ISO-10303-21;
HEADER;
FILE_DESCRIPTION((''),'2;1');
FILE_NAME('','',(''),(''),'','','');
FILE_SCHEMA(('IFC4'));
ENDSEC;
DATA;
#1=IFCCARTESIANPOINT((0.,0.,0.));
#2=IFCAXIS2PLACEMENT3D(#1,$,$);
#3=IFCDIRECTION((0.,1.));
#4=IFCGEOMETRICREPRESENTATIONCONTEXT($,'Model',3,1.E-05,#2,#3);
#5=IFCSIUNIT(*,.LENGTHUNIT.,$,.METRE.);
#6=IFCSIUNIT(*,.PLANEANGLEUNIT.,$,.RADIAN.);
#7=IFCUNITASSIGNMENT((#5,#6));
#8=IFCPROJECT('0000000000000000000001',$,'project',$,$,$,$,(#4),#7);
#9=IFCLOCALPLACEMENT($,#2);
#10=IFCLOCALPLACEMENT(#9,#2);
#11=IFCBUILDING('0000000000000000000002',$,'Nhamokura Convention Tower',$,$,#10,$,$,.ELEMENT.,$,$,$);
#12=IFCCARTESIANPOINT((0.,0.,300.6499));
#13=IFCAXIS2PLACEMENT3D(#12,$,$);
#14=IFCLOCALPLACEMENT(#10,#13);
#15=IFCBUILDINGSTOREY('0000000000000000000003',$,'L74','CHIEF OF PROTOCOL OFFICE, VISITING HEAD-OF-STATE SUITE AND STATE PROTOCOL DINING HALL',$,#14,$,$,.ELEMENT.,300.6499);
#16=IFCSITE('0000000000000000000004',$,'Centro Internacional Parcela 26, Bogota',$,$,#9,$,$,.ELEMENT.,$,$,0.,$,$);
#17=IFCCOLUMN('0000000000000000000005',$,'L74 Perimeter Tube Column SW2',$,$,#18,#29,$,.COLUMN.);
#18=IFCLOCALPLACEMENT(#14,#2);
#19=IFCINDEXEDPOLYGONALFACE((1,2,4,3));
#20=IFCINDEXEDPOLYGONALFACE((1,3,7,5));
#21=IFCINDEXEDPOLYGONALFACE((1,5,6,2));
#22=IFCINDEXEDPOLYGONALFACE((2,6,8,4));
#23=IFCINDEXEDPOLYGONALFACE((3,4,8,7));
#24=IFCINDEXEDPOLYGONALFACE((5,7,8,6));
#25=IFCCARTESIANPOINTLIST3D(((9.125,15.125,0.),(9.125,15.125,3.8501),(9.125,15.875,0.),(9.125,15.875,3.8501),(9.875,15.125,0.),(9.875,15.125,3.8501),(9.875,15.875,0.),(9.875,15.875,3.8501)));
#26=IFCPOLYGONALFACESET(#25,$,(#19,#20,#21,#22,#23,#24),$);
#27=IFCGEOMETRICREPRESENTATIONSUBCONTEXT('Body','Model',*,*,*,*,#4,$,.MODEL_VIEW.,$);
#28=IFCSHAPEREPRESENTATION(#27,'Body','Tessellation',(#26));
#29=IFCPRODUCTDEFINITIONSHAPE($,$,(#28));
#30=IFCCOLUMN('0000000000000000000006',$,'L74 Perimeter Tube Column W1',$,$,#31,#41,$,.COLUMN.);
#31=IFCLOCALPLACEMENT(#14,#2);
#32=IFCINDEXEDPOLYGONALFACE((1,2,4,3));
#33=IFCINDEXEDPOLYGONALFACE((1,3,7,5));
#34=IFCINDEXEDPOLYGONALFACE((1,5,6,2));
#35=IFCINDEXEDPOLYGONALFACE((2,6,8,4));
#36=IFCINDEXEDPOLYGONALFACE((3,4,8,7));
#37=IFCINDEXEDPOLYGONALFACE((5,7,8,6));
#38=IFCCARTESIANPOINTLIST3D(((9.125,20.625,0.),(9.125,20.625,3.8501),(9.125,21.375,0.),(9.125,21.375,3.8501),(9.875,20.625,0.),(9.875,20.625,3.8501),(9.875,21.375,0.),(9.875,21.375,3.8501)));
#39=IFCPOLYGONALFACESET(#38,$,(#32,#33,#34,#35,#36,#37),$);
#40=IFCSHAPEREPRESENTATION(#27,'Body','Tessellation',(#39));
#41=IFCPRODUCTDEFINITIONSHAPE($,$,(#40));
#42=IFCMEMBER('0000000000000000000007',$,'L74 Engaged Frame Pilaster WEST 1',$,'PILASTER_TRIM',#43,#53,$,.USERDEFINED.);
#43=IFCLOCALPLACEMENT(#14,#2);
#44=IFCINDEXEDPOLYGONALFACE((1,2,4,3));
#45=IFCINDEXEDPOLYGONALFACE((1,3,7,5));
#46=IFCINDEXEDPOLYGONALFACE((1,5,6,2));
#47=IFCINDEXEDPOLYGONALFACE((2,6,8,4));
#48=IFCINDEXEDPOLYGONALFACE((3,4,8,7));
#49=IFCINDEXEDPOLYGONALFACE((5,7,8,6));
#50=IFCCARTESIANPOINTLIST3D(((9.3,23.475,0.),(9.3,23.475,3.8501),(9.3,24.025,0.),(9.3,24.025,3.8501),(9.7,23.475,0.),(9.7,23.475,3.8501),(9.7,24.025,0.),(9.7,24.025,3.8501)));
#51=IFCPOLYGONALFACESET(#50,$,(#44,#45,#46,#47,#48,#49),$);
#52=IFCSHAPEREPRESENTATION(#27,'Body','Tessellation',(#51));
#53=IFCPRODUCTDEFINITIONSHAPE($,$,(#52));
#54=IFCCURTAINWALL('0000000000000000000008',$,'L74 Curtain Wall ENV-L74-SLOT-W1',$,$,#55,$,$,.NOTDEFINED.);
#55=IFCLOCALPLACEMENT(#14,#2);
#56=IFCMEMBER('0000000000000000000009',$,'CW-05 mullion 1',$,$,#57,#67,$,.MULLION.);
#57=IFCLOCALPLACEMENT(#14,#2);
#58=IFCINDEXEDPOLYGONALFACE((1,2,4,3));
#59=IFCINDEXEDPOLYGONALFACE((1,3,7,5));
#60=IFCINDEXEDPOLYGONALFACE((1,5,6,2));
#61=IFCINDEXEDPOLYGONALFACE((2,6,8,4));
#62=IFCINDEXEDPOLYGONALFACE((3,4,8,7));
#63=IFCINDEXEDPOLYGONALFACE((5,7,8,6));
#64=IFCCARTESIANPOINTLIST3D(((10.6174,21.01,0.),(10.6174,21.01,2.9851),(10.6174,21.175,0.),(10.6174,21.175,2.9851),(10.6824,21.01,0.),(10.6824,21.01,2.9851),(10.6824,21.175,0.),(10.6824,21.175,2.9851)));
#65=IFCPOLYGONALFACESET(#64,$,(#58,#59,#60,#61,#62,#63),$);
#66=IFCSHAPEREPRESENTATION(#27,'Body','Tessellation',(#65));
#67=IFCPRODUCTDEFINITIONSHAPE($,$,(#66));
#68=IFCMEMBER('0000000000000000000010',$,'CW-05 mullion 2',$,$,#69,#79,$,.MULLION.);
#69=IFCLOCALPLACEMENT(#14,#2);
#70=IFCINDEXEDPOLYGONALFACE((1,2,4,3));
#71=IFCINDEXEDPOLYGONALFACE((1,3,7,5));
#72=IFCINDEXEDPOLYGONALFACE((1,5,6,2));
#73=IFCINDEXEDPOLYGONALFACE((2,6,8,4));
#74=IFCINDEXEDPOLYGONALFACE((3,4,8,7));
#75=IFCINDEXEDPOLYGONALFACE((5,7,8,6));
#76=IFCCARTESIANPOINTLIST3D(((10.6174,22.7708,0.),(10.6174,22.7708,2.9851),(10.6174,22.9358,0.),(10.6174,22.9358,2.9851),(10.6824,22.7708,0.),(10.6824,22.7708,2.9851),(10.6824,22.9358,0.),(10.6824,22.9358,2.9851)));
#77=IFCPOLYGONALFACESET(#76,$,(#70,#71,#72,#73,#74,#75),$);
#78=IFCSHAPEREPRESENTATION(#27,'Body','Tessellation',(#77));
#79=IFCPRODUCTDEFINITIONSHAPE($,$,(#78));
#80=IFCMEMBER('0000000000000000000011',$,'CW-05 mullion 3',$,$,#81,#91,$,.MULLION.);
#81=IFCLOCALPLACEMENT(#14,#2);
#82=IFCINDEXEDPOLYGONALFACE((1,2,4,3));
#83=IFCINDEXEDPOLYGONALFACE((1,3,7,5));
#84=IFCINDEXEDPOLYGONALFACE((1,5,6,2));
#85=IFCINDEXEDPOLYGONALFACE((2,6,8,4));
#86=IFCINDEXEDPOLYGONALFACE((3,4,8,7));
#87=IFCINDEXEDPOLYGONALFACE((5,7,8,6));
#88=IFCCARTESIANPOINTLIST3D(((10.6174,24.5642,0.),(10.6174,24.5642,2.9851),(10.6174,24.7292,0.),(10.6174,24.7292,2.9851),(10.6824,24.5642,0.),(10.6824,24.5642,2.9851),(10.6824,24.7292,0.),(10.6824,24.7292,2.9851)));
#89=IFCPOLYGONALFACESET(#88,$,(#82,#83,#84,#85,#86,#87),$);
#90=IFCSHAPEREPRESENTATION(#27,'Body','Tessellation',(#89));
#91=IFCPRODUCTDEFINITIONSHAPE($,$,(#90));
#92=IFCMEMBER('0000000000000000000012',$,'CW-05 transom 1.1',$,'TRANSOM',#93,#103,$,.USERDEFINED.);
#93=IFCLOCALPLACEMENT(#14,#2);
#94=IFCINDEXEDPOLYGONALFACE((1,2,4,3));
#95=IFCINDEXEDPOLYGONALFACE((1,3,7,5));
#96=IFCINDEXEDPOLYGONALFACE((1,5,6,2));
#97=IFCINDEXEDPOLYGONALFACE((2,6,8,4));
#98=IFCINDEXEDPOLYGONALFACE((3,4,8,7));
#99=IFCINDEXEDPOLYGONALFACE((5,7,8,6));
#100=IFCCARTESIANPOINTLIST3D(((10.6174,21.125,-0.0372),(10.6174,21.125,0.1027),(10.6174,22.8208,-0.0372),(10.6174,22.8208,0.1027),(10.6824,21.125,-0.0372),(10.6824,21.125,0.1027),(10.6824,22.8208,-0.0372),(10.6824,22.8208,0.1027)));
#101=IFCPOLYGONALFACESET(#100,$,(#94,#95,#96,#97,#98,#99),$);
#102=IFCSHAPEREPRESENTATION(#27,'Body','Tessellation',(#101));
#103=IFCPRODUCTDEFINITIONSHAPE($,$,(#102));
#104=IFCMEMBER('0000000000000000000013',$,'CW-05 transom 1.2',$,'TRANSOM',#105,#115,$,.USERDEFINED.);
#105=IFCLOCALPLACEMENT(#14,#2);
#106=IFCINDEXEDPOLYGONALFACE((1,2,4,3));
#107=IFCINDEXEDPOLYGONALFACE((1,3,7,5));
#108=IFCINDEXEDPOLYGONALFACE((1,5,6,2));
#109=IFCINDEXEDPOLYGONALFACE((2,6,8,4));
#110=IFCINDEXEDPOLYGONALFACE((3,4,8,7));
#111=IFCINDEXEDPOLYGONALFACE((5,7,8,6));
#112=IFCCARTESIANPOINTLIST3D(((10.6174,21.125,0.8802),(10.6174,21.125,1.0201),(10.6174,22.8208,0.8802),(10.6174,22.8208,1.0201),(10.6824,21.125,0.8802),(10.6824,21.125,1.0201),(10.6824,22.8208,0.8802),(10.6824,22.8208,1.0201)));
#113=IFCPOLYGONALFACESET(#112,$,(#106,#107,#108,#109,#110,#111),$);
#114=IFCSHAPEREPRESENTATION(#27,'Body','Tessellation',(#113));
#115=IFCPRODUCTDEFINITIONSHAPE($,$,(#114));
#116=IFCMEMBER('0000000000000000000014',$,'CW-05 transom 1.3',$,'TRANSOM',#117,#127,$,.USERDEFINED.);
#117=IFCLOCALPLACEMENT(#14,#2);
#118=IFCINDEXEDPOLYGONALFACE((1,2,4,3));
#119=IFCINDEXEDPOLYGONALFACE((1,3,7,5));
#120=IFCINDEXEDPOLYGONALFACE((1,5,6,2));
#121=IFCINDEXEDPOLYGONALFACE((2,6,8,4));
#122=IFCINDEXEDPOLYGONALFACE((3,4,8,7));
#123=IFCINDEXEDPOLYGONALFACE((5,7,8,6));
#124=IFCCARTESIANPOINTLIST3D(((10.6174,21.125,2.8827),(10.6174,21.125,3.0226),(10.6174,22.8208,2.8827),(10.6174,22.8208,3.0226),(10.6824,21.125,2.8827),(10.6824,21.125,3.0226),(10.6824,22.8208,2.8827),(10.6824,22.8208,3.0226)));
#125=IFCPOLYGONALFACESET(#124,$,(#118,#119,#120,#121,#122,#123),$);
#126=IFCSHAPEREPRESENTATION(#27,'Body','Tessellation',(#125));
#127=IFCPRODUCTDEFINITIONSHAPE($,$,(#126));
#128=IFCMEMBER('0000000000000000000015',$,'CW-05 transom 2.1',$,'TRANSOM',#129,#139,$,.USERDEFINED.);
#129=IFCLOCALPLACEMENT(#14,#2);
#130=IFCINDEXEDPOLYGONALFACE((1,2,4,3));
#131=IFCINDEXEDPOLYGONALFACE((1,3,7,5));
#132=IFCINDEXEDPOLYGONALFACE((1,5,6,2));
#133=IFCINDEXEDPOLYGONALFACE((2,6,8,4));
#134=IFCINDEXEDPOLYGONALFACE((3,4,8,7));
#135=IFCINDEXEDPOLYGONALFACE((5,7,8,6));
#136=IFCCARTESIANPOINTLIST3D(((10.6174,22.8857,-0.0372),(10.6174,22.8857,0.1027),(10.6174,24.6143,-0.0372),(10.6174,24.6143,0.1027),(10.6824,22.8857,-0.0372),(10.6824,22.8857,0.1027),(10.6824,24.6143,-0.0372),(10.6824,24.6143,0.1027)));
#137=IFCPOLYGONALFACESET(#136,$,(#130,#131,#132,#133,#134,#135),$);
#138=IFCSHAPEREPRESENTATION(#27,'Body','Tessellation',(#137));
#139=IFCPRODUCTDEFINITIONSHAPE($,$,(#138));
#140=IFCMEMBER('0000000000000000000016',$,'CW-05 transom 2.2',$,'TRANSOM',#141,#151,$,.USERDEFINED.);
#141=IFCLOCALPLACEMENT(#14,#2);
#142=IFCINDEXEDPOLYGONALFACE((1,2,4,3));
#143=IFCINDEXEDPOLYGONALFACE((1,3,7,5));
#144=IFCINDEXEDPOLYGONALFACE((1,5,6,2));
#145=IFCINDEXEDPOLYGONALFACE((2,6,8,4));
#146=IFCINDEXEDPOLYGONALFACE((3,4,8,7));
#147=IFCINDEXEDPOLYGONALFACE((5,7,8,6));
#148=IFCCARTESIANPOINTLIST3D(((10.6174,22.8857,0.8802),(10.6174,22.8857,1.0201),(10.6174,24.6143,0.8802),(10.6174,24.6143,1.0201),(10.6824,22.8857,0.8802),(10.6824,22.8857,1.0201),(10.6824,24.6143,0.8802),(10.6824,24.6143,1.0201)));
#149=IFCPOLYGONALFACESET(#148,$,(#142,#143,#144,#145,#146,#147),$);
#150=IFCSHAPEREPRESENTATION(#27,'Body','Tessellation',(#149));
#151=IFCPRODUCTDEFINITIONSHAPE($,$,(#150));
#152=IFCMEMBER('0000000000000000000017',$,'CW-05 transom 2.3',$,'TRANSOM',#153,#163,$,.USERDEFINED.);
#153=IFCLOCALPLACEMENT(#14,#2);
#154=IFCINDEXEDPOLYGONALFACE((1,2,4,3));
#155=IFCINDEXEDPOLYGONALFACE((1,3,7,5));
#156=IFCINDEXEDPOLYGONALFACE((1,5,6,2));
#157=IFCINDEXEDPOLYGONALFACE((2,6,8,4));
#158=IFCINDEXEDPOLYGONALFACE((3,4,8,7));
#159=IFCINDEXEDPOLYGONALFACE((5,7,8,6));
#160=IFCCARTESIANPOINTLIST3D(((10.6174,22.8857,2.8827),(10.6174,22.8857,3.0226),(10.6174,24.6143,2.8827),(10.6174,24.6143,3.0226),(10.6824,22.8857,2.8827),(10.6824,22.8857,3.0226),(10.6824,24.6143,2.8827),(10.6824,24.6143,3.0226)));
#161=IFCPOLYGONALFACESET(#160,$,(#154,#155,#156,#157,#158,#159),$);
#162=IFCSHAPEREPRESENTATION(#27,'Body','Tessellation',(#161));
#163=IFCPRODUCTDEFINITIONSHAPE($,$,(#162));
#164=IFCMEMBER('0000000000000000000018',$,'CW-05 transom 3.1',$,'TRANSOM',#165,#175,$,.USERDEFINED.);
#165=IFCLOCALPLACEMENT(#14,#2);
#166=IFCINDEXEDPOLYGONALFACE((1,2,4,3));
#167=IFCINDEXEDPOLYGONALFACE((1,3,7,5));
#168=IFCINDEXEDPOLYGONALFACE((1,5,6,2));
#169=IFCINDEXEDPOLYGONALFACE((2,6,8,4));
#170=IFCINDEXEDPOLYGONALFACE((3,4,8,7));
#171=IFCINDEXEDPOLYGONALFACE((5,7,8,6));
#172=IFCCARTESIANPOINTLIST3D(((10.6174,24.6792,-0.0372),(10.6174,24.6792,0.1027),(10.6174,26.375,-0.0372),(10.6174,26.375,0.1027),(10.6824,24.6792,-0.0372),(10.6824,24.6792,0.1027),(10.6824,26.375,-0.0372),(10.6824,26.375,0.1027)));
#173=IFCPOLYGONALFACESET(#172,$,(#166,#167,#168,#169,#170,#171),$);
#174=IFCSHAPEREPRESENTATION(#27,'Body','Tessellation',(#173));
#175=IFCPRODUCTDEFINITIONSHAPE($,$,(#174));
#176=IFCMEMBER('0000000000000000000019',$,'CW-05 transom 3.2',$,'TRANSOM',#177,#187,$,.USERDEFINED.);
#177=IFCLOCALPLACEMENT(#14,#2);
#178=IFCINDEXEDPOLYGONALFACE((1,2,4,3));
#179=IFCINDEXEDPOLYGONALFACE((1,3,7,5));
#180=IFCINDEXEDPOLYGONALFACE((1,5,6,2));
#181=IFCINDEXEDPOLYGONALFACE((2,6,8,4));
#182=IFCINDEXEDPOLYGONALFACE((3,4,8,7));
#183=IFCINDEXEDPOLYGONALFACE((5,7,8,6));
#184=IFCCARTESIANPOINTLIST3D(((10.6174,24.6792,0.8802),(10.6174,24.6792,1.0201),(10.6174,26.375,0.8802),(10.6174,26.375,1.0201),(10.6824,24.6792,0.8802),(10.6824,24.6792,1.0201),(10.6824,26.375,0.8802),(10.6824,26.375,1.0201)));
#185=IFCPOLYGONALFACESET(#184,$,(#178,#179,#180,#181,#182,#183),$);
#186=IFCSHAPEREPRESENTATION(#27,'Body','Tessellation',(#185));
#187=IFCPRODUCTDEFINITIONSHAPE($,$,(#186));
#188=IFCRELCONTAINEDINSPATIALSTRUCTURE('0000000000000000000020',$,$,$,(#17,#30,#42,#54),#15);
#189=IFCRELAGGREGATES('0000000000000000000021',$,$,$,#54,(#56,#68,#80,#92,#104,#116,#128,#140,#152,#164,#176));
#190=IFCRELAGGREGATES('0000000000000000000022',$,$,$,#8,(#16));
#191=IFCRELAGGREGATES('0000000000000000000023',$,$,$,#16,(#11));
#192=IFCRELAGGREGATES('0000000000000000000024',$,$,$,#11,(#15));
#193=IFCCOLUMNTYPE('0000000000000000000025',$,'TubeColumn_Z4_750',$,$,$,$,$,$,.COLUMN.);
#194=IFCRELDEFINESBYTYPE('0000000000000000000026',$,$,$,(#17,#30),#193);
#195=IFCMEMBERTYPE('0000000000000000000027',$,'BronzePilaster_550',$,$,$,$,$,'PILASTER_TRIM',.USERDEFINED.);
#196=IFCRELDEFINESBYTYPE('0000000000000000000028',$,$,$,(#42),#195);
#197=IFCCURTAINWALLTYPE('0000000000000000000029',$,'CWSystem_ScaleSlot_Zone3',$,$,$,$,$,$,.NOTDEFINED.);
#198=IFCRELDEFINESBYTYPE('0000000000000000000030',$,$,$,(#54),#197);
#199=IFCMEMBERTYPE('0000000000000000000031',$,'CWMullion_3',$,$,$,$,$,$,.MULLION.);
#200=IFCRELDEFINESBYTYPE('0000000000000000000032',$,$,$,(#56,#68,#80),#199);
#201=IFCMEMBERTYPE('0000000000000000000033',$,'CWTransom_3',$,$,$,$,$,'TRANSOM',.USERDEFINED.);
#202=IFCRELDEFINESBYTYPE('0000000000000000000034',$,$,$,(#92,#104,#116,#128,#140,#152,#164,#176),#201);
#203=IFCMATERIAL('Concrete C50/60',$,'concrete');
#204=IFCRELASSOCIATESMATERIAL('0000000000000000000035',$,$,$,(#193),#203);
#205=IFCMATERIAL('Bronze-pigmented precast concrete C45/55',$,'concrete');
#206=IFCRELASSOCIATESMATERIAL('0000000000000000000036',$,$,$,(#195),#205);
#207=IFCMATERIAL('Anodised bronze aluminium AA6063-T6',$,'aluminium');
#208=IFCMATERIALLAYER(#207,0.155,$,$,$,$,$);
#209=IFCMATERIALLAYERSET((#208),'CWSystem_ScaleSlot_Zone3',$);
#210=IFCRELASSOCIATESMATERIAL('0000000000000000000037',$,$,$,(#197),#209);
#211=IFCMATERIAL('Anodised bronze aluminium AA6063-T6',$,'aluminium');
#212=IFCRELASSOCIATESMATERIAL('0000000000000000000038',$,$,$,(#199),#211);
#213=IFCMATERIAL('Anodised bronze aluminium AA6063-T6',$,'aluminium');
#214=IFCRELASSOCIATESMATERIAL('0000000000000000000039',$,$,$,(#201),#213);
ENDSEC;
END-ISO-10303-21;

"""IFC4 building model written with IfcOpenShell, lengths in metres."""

from ifc_helpers import new_model, si_unit, direction, frame, origin, origin_2d, place, context, subcontext, project, spatial, rectangle, extrude, material, layer, layer_set, material_profile, profile_set, type_object, element, aggregate, save


model = new_model("IFC4")

# Units and contexts
model_context = context("Model", 3, precision=1e-05, world=origin(), true_north=direction((0.0, 1.0)))
body_context = subcontext(model_context, "Body", "Model", "MODEL_VIEW")
ifc_project = project(units=[si_unit("LENGTHUNIT", "METRE"), si_unit("PLANEANGLEUNIT", "RADIAN")], contexts=[model_context])

# Site, building, storey
site_placement = place(None, origin())
site = spatial("IfcSite", under=ifc_project, at=site_placement, Name="Centro Internacional Parcela 26, Bogota", CompositionType="ELEMENT", RefElevation=0.0)
building_placement = place(site_placement, origin())
building = spatial("IfcBuilding", under=site, at=building_placement, Name="Nhamokura Convention Tower", CompositionType="ELEMENT")
storey_placement = place(building_placement, frame((0.0, 0.0, 300.6499)))
storey = spatial("IfcBuildingStorey", under=building, at=storey_placement, Name="L74", Description="CHIEF OF PROTOCOL OFFICE, VISITING HEAD-OF-STATE SUITE AND STATE PROTOCOL DINING HALL", CompositionType="ELEMENT", Elevation=300.6499)

# Columns
ifc_material_1 = material(Name="Concrete C50/60", Category="concrete")
ifc_material_profile_1 = material_profile(ifc_material_1, rectangle(XDim=0.75, YDim=0.75, at=origin_2d()))
ifc_profile_set_1 = profile_set([ifc_material_profile_1], Name="Concrete C50/60")
column_type = type_object("IfcColumnType", Name="TubeColumn_Z4_750", PredefinedType="COLUMN", material=ifc_profile_set_1)
for number, where, z_axis, x_axis, name in (
    (1, (9.5, 15.5, 0.0), (0.0, 0.0, 1.0), (1.0, 0.0, 0.0), "L74 Perimeter Tube Column SW2"),
    (2, (9.5, 21.0, 0.0), (0.0, 0.0, 1.0), (1.0, 0.0, 0.0), "L74 Perimeter Tube Column W1"),
):
    element("IfcColumn", number, at=place(storey_placement, frame(where, z_axis=z_axis, x_axis=x_axis)), inside=storey, type_object=column_type, Name=name, PredefinedType="COLUMN", context=body_context, shape_type="SweptSolid", body=[
        extrude(rectangle(XDim=0.75, YDim=0.75, at=origin_2d()), origin(), (0.0, 0.0, 1.0), 3.8501),
    ])

# Member
ifc_material_2 = material(Name="Bronze-pigmented precast concrete C45/55", Category="concrete")
ifc_material_profile_2 = material_profile(ifc_material_2, rectangle(XDim=0.3999, YDim=0.55, at=origin_2d()))
ifc_profile_set_2 = profile_set([ifc_material_profile_2], Name="Bronze-pigmented precast concrete C45/55")
member_type_1 = type_object("IfcMemberType", Name="BronzePilaster_550", ElementType="PILASTER_TRIM", PredefinedType="USERDEFINED", material=ifc_profile_set_2)
member_1_placement = place(storey_placement, frame((9.5, 23.75, 0.0), z_axis=(0.0, 0.0, 1.0), x_axis=(1.0, 0.0, 0.0)))
element("IfcMember", 3, at=member_1_placement, inside=storey, type_object=member_type_1, Name="L74 Engaged Frame Pilaster WEST 1", ObjectType="PILASTER_TRIM", PredefinedType="USERDEFINED", context=body_context, shape_type="SweptSolid", body=[
    extrude(rectangle(XDim=0.3999, YDim=0.55, at=origin_2d()), origin(), (0.0, 0.0, 1.0), 3.8501),
])

# Curtain wall, members
ifc_material_3 = material(Name="Anodised bronze aluminium AA6063-T6", Category="aluminium")
ifc_layer_1 = layer(ifc_material_3, 0.155)
ifc_layer_set_1 = layer_set([ifc_layer_1], Name="CWSystem_ScaleSlot_Zone3")
curtain_wall_type = type_object("IfcCurtainWallType", Name="CWSystem_ScaleSlot_Zone3", PredefinedType="NOTDEFINED", material=ifc_layer_set_1)
curtain_wall_placement = place(storey_placement, origin())
curtain_wall = element("IfcCurtainWall", 4, at=curtain_wall_placement, inside=storey, type_object=curtain_wall_type, Name="L74 Curtain Wall ENV-L74-SLOT-W1", PredefinedType="NOTDEFINED")
ifc_material_4 = material(Name="Anodised bronze aluminium AA6063-T6", Category="aluminium")
ifc_material_profile_3 = material_profile(ifc_material_4, rectangle(XDim=0.0649, YDim=0.165, at=origin_2d()))
ifc_profile_set_3 = profile_set([ifc_material_profile_3], Name="Anodised bronze aluminium AA6063-T6")
member_type_2 = type_object("IfcMemberType", Name="CWMullion_3", PredefinedType="MULLION", material=ifc_profile_set_3)
member_2_placement = place(storey_placement, frame((10.6499, 21.0925, 0.0), z_axis=(0.0, 0.0, 1.0), x_axis=(-1.0, 0.0, 0.0)))
member_2 = element("IfcMember", 5, at=member_2_placement, type_object=member_type_2, Name="CW-05 mullion 1", PredefinedType="MULLION", context=body_context, shape_type="SweptSolid", body=[
    extrude(rectangle(XDim=0.0649, YDim=0.165, at=origin_2d()), origin(), (0.0, 0.0, 1.0), 2.9851),
])
member_3_placement = place(storey_placement, frame((10.6499, 22.8533, 0.0), z_axis=(0.0, 0.0, 1.0), x_axis=(-1.0, 0.0, 0.0)))
member_3 = element("IfcMember", 6, at=member_3_placement, type_object=member_type_2, Name="CW-05 mullion 2", PredefinedType="MULLION", context=body_context, shape_type="SweptSolid", body=[
    extrude(rectangle(XDim=0.0649, YDim=0.165, at=origin_2d()), origin(), (0.0, 0.0, 1.0), 2.9851),
])
member_4_placement = place(storey_placement, frame((10.6499, 24.6467, 0.0), z_axis=(0.0, 0.0, 1.0), x_axis=(-1.0, 0.0, 0.0)))
member_4 = element("IfcMember", 7, at=member_4_placement, type_object=member_type_2, Name="CW-05 mullion 3", PredefinedType="MULLION", context=body_context, shape_type="SweptSolid", body=[
    extrude(rectangle(XDim=0.0649, YDim=0.165, at=origin_2d()), origin(), (0.0, 0.0, 1.0), 2.9851),
])
ifc_material_5 = material(Name="Anodised bronze aluminium AA6063-T6", Category="aluminium")
ifc_material_profile_4 = material_profile(ifc_material_5, rectangle(XDim=0.0649, YDim=0.1399, at=origin_2d()))
ifc_profile_set_4 = profile_set([ifc_material_profile_4], Name="Anodised bronze aluminium AA6063-T6")
member_type_3 = type_object("IfcMemberType", Name="CWTransom_3", ElementType="TRANSOM", PredefinedType="USERDEFINED", material=ifc_profile_set_4)
member_5_placement = place(storey_placement, frame((10.6499, 21.125, 0.0327), z_axis=(0.0, 1.0, 0.0), x_axis=(-1.0, 0.0, 0.0)))
member_5 = element("IfcMember", 8, at=member_5_placement, type_object=member_type_3, Name="CW-05 transom 1.1", ObjectType="TRANSOM", PredefinedType="USERDEFINED", context=body_context, shape_type="SweptSolid", body=[
    extrude(rectangle(XDim=0.0649, YDim=0.1399, at=origin_2d()), origin(), (0.0, 0.0, 1.0), 1.6958),
])
member_6_placement = place(storey_placement, frame((10.6499, 21.125, 0.9502), z_axis=(0.0, 1.0, 0.0), x_axis=(-1.0, 0.0, 0.0)))
member_6 = element("IfcMember", 9, at=member_6_placement, type_object=member_type_3, Name="CW-05 transom 1.2", ObjectType="TRANSOM", PredefinedType="USERDEFINED", context=body_context, shape_type="SweptSolid", body=[
    extrude(rectangle(XDim=0.0649, YDim=0.1399, at=origin_2d()), origin(), (0.0, 0.0, 1.0), 1.6958),
])
member_7_placement = place(storey_placement, frame((10.6499, 21.125, 2.9526), z_axis=(0.0, 1.0, 0.0), x_axis=(-1.0, 0.0, 0.0)))
member_7 = element("IfcMember", 10, at=member_7_placement, type_object=member_type_3, Name="CW-05 transom 1.3", ObjectType="TRANSOM", PredefinedType="USERDEFINED", context=body_context, shape_type="SweptSolid", body=[
    extrude(rectangle(XDim=0.0649, YDim=0.1399, at=origin_2d()), origin(), (0.0, 0.0, 1.0), 1.6958),
])
member_8_placement = place(storey_placement, frame((10.6499, 22.8857, 0.0327), z_axis=(0.0, 1.0, 0.0), x_axis=(-1.0, 0.0, 0.0)))
member_8 = element("IfcMember", 11, at=member_8_placement, type_object=member_type_3, Name="CW-05 transom 2.1", ObjectType="TRANSOM", PredefinedType="USERDEFINED", context=body_context, shape_type="SweptSolid", body=[
    extrude(rectangle(XDim=0.0649, YDim=0.1399, at=origin_2d()), origin(), (0.0, 0.0, 1.0), 1.7285),
])
member_9_placement = place(storey_placement, frame((10.6499, 22.8857, 0.9502), z_axis=(0.0, 1.0, 0.0), x_axis=(-1.0, 0.0, 0.0)))
member_9 = element("IfcMember", 12, at=member_9_placement, type_object=member_type_3, Name="CW-05 transom 2.2", ObjectType="TRANSOM", PredefinedType="USERDEFINED", context=body_context, shape_type="SweptSolid", body=[
    extrude(rectangle(XDim=0.0649, YDim=0.1399, at=origin_2d()), origin(), (0.0, 0.0, 1.0), 1.7285),
])
member_10_placement = place(storey_placement, frame((10.6499, 22.8857, 2.9526), z_axis=(0.0, 1.0, 0.0), x_axis=(-1.0, 0.0, 0.0)))
member_10 = element("IfcMember", 13, at=member_10_placement, type_object=member_type_3, Name="CW-05 transom 2.3", ObjectType="TRANSOM", PredefinedType="USERDEFINED", context=body_context, shape_type="SweptSolid", body=[
    extrude(rectangle(XDim=0.0649, YDim=0.1399, at=origin_2d()), origin(), (0.0, 0.0, 1.0), 1.7285),
])
member_11_placement = place(storey_placement, frame((10.6499, 24.6792, 0.0327), z_axis=(0.0, 1.0, 0.0), x_axis=(-1.0, 0.0, 0.0)))
member_11 = element("IfcMember", 14, at=member_11_placement, type_object=member_type_3, Name="CW-05 transom 3.1", ObjectType="TRANSOM", PredefinedType="USERDEFINED", context=body_context, shape_type="SweptSolid", body=[
    extrude(rectangle(XDim=0.0649, YDim=0.1399, at=origin_2d()), origin(), (0.0, 0.0, 1.0), 1.6958),
])
member_12_placement = place(storey_placement, frame((10.6499, 24.6792, 0.9502), z_axis=(0.0, 1.0, 0.0), x_axis=(-1.0, 0.0, 0.0)))
member_12 = element("IfcMember", 15, at=member_12_placement, type_object=member_type_3, Name="CW-05 transom 3.2", ObjectType="TRANSOM", PredefinedType="USERDEFINED", context=body_context, shape_type="SweptSolid", body=[
    extrude(rectangle(XDim=0.0649, YDim=0.1399, at=origin_2d()), origin(), (0.0, 0.0, 1.0), 1.6958),
])

aggregate(curtain_wall, [member_2, member_3, member_4, member_5, member_6, member_7, member_8, member_9, member_10, member_11, member_12])

save(model, "model.ifc")
